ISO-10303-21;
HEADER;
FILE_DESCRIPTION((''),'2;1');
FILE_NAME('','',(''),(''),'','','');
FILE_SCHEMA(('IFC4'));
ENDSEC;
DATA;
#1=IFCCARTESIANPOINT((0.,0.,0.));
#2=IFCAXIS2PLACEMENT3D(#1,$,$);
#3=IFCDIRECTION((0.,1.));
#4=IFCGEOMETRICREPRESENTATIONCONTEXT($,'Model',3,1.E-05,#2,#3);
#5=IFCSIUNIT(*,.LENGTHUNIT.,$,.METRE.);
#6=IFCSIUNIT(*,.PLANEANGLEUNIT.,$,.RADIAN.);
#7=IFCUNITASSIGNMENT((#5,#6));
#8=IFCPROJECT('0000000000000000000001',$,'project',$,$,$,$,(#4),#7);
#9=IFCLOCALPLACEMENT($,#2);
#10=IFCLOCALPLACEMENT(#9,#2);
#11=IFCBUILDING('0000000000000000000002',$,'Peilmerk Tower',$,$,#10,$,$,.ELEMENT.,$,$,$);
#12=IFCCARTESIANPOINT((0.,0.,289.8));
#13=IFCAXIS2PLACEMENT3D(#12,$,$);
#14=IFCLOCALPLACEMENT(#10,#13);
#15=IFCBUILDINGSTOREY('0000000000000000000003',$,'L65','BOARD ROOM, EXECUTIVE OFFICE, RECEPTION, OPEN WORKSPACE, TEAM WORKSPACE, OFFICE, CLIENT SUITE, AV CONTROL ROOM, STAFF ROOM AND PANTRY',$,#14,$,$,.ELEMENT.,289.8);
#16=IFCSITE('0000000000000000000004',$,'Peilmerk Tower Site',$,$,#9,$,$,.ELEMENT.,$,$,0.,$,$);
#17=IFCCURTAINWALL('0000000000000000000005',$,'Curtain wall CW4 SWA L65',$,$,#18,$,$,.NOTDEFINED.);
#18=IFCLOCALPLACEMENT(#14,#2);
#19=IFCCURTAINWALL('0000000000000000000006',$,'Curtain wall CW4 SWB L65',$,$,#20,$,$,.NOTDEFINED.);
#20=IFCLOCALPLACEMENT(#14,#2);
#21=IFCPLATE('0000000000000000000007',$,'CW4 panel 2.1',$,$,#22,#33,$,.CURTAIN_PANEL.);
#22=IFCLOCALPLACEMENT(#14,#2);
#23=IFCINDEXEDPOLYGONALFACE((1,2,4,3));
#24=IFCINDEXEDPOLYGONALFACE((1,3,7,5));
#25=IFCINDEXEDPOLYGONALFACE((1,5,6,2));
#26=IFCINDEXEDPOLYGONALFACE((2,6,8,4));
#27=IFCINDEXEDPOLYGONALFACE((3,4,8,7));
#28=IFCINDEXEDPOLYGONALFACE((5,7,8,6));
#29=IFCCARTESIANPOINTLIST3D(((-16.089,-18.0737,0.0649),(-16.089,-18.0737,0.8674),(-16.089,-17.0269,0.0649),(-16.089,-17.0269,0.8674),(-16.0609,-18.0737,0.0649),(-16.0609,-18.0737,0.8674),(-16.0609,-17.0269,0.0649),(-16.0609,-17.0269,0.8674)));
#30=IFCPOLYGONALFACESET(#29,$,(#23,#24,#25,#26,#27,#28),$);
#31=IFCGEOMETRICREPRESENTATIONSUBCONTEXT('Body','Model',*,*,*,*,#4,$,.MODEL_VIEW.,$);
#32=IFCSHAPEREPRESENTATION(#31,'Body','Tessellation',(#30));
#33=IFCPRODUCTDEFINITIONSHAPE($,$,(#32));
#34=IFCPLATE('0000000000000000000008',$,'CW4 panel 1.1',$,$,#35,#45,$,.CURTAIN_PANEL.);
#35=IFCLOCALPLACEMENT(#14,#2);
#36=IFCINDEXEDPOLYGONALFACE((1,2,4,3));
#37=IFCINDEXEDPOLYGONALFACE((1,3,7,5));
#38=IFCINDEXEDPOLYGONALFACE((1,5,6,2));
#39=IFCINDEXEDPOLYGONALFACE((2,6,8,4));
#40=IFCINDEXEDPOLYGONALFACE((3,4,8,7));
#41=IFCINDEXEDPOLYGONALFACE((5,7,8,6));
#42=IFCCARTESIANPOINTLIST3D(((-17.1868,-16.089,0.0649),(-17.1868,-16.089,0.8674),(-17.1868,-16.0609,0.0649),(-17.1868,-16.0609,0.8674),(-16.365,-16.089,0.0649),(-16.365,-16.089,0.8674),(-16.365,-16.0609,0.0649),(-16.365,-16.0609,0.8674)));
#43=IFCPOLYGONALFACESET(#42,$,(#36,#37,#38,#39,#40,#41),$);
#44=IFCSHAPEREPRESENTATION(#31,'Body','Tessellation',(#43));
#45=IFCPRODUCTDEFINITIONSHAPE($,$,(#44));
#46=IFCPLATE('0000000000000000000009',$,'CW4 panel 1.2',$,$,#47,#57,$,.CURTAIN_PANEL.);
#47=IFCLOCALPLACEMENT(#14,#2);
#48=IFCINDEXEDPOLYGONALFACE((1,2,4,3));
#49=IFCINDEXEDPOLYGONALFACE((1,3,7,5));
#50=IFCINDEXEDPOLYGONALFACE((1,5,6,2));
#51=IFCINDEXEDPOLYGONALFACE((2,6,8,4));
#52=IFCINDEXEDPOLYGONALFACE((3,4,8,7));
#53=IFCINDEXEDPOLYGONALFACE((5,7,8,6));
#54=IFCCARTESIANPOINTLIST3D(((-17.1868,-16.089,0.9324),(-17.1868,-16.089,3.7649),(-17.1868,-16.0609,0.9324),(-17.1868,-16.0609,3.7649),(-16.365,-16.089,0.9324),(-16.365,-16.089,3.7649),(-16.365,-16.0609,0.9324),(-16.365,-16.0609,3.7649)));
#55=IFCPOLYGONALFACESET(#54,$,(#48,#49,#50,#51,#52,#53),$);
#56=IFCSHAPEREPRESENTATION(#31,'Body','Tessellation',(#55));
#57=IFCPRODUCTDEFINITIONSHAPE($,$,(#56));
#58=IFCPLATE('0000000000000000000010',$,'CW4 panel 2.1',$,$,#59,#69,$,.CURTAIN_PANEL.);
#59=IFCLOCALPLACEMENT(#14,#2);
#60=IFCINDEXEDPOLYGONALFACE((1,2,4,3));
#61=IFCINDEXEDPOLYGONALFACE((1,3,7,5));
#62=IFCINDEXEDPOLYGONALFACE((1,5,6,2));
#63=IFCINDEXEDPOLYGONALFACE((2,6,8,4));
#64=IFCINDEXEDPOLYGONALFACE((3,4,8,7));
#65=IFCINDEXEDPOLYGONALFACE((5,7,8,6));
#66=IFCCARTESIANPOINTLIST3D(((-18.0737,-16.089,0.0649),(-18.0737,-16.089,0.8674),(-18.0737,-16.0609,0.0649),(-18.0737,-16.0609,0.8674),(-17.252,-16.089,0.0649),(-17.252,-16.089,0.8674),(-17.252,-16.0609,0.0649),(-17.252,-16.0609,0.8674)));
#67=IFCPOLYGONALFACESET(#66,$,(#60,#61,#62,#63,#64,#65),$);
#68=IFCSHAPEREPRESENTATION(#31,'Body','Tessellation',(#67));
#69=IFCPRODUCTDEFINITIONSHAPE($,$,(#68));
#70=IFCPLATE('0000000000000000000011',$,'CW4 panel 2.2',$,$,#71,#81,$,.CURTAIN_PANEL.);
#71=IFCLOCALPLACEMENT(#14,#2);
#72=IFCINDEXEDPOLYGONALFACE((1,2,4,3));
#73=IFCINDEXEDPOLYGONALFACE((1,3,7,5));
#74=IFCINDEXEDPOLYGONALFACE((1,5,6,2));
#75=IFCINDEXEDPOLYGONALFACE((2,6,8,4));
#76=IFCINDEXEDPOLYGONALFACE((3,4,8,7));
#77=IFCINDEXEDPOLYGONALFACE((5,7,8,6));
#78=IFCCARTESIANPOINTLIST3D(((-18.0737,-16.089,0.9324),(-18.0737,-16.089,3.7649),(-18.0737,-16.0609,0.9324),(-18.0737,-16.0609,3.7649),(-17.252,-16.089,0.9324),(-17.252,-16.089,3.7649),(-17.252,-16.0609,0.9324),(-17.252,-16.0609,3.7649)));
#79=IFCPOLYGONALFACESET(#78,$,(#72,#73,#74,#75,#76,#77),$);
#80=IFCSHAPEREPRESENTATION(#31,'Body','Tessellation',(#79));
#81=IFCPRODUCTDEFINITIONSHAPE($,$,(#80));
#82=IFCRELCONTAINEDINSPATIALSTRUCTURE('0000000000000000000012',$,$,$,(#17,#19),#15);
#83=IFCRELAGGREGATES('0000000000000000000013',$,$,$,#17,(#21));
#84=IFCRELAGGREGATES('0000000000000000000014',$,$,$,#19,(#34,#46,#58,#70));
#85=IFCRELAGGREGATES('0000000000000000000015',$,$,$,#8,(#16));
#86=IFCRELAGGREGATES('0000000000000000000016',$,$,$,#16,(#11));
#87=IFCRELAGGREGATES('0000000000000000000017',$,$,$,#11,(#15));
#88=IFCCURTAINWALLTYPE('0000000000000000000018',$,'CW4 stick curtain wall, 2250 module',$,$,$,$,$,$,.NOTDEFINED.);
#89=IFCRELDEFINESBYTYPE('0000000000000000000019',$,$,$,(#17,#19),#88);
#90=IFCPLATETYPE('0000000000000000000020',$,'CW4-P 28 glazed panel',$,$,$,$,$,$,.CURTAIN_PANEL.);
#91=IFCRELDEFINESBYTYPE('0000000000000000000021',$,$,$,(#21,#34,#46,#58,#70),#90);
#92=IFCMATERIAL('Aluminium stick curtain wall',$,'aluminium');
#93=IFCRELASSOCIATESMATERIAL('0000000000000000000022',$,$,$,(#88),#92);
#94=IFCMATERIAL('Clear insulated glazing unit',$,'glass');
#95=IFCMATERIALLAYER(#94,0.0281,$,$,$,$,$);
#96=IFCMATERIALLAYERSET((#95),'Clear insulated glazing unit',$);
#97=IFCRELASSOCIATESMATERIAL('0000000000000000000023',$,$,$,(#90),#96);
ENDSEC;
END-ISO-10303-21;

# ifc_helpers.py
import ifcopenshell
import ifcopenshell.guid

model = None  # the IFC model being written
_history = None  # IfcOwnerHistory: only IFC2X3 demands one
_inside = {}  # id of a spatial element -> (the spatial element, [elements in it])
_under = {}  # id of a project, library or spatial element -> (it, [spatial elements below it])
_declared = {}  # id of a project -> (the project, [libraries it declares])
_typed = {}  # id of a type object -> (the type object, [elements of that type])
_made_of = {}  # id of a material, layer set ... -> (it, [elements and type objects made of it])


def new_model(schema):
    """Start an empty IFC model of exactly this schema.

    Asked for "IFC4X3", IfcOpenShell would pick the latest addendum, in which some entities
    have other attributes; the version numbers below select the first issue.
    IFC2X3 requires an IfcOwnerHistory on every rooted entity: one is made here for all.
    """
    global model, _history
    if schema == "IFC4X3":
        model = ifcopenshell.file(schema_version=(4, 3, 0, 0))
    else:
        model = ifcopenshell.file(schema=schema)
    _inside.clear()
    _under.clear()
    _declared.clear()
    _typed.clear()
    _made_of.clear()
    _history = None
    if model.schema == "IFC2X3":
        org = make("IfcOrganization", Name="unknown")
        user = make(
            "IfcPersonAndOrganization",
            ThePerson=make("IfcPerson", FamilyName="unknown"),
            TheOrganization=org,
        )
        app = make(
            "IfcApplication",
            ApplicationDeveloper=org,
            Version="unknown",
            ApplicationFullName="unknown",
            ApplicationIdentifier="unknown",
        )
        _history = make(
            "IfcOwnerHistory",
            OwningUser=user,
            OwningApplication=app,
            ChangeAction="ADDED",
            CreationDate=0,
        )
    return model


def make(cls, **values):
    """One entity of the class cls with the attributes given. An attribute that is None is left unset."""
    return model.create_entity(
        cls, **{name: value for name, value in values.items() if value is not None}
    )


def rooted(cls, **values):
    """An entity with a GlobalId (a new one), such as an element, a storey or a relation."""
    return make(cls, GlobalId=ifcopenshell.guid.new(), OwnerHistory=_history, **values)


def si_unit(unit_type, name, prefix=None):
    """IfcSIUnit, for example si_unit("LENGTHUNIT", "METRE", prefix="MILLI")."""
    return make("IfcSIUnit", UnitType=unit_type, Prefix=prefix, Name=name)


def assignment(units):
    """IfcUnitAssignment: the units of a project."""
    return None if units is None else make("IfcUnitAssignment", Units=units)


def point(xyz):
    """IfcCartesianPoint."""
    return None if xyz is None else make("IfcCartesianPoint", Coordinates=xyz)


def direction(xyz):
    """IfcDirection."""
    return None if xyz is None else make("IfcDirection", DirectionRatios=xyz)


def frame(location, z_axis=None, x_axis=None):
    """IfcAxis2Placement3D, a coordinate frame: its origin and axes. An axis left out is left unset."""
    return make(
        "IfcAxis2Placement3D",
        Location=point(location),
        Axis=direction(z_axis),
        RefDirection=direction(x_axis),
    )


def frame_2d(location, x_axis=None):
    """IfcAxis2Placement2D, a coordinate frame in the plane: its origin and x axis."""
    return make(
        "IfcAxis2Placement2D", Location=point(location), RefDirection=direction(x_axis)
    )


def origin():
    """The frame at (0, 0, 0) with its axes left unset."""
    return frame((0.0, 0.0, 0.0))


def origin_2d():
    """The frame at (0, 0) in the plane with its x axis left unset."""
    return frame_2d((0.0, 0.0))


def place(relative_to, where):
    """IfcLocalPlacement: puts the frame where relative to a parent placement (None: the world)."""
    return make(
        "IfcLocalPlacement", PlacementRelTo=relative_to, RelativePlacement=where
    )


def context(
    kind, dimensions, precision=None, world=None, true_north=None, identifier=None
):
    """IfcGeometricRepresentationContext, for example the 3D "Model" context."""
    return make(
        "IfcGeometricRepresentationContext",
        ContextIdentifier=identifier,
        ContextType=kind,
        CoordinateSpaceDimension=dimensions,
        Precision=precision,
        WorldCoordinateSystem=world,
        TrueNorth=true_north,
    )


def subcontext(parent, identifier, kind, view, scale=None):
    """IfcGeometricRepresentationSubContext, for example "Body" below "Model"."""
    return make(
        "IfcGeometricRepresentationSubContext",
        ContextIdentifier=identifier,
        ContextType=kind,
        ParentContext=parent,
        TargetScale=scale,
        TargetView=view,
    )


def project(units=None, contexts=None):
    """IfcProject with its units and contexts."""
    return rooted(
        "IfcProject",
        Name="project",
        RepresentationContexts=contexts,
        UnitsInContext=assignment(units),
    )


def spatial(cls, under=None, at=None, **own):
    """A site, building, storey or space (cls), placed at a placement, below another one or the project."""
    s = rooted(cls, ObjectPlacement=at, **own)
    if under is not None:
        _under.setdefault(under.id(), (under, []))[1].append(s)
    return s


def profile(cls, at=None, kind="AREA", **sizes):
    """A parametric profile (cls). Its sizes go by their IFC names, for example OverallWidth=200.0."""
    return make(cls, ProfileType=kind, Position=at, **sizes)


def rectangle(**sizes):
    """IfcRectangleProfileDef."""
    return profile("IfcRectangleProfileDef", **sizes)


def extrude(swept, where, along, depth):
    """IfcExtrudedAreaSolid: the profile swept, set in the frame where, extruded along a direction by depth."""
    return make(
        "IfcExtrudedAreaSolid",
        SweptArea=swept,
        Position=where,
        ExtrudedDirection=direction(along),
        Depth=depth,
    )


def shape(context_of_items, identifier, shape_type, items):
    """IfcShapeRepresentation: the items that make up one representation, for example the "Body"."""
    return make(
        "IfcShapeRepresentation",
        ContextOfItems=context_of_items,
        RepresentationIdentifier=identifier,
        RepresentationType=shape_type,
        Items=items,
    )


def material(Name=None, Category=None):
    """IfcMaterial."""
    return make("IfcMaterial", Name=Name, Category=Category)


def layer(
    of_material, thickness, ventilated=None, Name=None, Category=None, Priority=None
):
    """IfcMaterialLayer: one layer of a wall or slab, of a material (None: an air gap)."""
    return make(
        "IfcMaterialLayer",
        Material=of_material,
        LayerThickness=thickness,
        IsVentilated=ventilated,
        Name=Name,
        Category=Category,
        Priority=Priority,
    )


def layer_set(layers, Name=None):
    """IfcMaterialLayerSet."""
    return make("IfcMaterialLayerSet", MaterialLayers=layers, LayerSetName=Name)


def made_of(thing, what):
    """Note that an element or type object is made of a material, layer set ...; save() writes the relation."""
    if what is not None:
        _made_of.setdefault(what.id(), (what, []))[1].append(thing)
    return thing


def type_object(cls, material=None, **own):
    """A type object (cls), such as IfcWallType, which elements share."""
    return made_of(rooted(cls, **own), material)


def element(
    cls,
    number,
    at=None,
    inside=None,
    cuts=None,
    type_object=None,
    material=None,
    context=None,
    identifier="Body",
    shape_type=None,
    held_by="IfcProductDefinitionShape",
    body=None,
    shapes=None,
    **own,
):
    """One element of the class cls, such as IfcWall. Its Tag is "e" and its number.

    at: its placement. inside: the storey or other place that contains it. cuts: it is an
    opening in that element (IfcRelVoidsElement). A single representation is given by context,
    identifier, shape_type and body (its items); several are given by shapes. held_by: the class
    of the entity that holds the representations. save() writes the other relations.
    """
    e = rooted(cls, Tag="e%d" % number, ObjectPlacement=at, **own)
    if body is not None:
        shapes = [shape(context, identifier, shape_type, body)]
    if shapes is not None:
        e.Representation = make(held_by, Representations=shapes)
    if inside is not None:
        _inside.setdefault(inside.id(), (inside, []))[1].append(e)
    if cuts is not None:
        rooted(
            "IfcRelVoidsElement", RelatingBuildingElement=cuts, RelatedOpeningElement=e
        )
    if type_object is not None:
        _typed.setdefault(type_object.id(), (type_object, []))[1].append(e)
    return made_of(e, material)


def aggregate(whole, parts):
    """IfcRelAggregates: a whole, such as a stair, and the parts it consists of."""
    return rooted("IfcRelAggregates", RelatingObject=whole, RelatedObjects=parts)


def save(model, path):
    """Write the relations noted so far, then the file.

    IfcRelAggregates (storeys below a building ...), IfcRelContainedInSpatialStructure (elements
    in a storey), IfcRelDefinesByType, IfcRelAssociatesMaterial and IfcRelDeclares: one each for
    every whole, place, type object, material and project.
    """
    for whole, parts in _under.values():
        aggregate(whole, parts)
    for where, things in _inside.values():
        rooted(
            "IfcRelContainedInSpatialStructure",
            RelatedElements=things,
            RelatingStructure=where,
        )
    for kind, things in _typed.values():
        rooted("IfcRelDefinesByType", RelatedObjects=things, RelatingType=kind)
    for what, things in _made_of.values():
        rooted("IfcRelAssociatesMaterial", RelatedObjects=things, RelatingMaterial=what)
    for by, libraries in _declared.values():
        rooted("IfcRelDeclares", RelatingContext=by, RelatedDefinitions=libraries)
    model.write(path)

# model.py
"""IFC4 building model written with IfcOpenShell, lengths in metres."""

from ifc_helpers import new_model, si_unit, direction, frame, origin, origin_2d, place, context, subcontext, project, spatial, rectangle, extrude, material, layer, layer_set, type_object, element, aggregate, save


model = new_model("IFC4")

# Units and contexts
model_context = context("Model", 3, precision=1e-05, world=origin(), true_north=direction((0.0, 1.0)))
body_context = subcontext(model_context, "Body", "Model", "MODEL_VIEW")
ifc_project = project(units=[si_unit("LENGTHUNIT", "METRE"), si_unit("PLANEANGLEUNIT", "RADIAN")], contexts=[model_context])

# Site, building, storey
site_placement = place(None, origin())
site = spatial("IfcSite", under=ifc_project, at=site_placement, Name="Peilmerk Tower Site", CompositionType="ELEMENT", RefElevation=0.0)
building_placement = place(site_placement, origin())
building = spatial("IfcBuilding", under=site, at=building_placement, Name="Peilmerk Tower", CompositionType="ELEMENT")
storey_placement = place(building_placement, frame((0.0, 0.0, 289.8)))
storey = spatial("IfcBuildingStorey", under=building, at=storey_placement, Name="L65", Description="BOARD ROOM, EXECUTIVE OFFICE, RECEPTION, OPEN WORKSPACE, TEAM WORKSPACE, OFFICE, CLIENT SUITE, AV CONTROL ROOM, STAFF ROOM AND PANTRY", CompositionType="ELEMENT", Elevation=289.8)

# Curtain wall
ifc_material_1 = material(Name="Aluminium stick curtain wall", Category="aluminium")
curtain_wall_type = type_object("IfcCurtainWallType", Name="CW4 stick curtain wall, 2250 module", PredefinedType="NOTDEFINED", material=ifc_material_1)
curtain_wall_1_placement = place(storey_placement, origin())
curtain_wall_1 = element("IfcCurtainWall", 1, at=curtain_wall_1_placement, inside=storey, type_object=curtain_wall_type, Name="Curtain wall CW4 SWA L65", PredefinedType="NOTDEFINED")

# Curtain wall
curtain_wall_2_placement = place(storey_placement, origin())
curtain_wall_2 = element("IfcCurtainWall", 2, at=curtain_wall_2_placement, inside=storey, type_object=curtain_wall_type, Name="Curtain wall CW4 SWB L65", PredefinedType="NOTDEFINED")

# Plates
ifc_material_2 = material(Name="Clear insulated glazing unit", Category="glass")
ifc_layer_1 = layer(ifc_material_2, 0.0281)
ifc_layer_set_1 = layer_set([ifc_layer_1], Name="Clear insulated glazing unit")
plate_type = type_object("IfcPlateType", Name="CW4-P 28 glazed panel", PredefinedType="CURTAIN_PANEL", material=ifc_layer_set_1)
plate_1_placement = place(storey_placement, frame((-16.075, -17.5503, 0.0649), z_axis=(0.0, 0.0, 1.0), x_axis=(0.0, -1.0, 0.0)))
plate_1 = element("IfcPlate", 3, at=plate_1_placement, type_object=plate_type, Name="CW4 panel 2.1", PredefinedType="CURTAIN_PANEL", context=body_context, shape_type="SweptSolid", body=[
    extrude(rectangle(XDim=1.0469, YDim=0.0281, at=origin_2d()), origin(), (0.0, 0.0, 1.0), 0.8025),
])
aggregate(curtain_wall_1, [plate_1])
plate_2_placement = place(storey_placement, frame((-16.7759, -16.075, 0.0649), z_axis=(0.0, 0.0, 1.0), x_axis=(-1.0, 0.0, 0.0)))
plate_2 = element("IfcPlate", 4, at=plate_2_placement, type_object=plate_type, Name="CW4 panel 1.1", PredefinedType="CURTAIN_PANEL", context=body_context, shape_type="SweptSolid", body=[
    extrude(rectangle(XDim=0.8218, YDim=0.0281, at=origin_2d()), origin(), (0.0, 0.0, 1.0), 0.8025),
])
plate_3_placement = place(storey_placement, frame((-16.7759, -16.075, 0.9324), z_axis=(0.0, 0.0, 1.0), x_axis=(-1.0, 0.0, 0.0)))
plate_3 = element("IfcPlate", 5, at=plate_3_placement, type_object=plate_type, Name="CW4 panel 1.2", PredefinedType="CURTAIN_PANEL", context=body_context, shape_type="SweptSolid", body=[
    extrude(rectangle(XDim=0.8218, YDim=0.0281, at=origin_2d()), origin(), (0.0, 0.0, 1.0), 2.8325),
])
plate_4_placement = place(storey_placement, frame((-17.6628, -16.075, 0.0649), z_axis=(0.0, 0.0, 1.0), x_axis=(-1.0, 0.0, 0.0)))
plate_4 = element("IfcPlate", 6, at=plate_4_placement, type_object=plate_type, Name="CW4 panel 2.1", PredefinedType="CURTAIN_PANEL", context=body_context, shape_type="SweptSolid", body=[
    extrude(rectangle(XDim=0.8218, YDim=0.0281, at=origin_2d()), origin(), (0.0, 0.0, 1.0), 0.8025),
])
plate_5_placement = place(storey_placement, frame((-17.6628, -16.075, 0.9324), z_axis=(0.0, 0.0, 1.0), x_axis=(-1.0, 0.0, 0.0)))
plate_5 = element("IfcPlate", 7, at=plate_5_placement, type_object=plate_type, Name="CW4 panel 2.2", PredefinedType="CURTAIN_PANEL", context=body_context, shape_type="SweptSolid", body=[
    extrude(rectangle(XDim=0.8218, YDim=0.0281, at=origin_2d()), origin(), (0.0, 0.0, 1.0), 2.8325),
])
aggregate(curtain_wall_2, [plate_2, plate_3, plate_4, plate_5])

save(model, "model.ifc")
